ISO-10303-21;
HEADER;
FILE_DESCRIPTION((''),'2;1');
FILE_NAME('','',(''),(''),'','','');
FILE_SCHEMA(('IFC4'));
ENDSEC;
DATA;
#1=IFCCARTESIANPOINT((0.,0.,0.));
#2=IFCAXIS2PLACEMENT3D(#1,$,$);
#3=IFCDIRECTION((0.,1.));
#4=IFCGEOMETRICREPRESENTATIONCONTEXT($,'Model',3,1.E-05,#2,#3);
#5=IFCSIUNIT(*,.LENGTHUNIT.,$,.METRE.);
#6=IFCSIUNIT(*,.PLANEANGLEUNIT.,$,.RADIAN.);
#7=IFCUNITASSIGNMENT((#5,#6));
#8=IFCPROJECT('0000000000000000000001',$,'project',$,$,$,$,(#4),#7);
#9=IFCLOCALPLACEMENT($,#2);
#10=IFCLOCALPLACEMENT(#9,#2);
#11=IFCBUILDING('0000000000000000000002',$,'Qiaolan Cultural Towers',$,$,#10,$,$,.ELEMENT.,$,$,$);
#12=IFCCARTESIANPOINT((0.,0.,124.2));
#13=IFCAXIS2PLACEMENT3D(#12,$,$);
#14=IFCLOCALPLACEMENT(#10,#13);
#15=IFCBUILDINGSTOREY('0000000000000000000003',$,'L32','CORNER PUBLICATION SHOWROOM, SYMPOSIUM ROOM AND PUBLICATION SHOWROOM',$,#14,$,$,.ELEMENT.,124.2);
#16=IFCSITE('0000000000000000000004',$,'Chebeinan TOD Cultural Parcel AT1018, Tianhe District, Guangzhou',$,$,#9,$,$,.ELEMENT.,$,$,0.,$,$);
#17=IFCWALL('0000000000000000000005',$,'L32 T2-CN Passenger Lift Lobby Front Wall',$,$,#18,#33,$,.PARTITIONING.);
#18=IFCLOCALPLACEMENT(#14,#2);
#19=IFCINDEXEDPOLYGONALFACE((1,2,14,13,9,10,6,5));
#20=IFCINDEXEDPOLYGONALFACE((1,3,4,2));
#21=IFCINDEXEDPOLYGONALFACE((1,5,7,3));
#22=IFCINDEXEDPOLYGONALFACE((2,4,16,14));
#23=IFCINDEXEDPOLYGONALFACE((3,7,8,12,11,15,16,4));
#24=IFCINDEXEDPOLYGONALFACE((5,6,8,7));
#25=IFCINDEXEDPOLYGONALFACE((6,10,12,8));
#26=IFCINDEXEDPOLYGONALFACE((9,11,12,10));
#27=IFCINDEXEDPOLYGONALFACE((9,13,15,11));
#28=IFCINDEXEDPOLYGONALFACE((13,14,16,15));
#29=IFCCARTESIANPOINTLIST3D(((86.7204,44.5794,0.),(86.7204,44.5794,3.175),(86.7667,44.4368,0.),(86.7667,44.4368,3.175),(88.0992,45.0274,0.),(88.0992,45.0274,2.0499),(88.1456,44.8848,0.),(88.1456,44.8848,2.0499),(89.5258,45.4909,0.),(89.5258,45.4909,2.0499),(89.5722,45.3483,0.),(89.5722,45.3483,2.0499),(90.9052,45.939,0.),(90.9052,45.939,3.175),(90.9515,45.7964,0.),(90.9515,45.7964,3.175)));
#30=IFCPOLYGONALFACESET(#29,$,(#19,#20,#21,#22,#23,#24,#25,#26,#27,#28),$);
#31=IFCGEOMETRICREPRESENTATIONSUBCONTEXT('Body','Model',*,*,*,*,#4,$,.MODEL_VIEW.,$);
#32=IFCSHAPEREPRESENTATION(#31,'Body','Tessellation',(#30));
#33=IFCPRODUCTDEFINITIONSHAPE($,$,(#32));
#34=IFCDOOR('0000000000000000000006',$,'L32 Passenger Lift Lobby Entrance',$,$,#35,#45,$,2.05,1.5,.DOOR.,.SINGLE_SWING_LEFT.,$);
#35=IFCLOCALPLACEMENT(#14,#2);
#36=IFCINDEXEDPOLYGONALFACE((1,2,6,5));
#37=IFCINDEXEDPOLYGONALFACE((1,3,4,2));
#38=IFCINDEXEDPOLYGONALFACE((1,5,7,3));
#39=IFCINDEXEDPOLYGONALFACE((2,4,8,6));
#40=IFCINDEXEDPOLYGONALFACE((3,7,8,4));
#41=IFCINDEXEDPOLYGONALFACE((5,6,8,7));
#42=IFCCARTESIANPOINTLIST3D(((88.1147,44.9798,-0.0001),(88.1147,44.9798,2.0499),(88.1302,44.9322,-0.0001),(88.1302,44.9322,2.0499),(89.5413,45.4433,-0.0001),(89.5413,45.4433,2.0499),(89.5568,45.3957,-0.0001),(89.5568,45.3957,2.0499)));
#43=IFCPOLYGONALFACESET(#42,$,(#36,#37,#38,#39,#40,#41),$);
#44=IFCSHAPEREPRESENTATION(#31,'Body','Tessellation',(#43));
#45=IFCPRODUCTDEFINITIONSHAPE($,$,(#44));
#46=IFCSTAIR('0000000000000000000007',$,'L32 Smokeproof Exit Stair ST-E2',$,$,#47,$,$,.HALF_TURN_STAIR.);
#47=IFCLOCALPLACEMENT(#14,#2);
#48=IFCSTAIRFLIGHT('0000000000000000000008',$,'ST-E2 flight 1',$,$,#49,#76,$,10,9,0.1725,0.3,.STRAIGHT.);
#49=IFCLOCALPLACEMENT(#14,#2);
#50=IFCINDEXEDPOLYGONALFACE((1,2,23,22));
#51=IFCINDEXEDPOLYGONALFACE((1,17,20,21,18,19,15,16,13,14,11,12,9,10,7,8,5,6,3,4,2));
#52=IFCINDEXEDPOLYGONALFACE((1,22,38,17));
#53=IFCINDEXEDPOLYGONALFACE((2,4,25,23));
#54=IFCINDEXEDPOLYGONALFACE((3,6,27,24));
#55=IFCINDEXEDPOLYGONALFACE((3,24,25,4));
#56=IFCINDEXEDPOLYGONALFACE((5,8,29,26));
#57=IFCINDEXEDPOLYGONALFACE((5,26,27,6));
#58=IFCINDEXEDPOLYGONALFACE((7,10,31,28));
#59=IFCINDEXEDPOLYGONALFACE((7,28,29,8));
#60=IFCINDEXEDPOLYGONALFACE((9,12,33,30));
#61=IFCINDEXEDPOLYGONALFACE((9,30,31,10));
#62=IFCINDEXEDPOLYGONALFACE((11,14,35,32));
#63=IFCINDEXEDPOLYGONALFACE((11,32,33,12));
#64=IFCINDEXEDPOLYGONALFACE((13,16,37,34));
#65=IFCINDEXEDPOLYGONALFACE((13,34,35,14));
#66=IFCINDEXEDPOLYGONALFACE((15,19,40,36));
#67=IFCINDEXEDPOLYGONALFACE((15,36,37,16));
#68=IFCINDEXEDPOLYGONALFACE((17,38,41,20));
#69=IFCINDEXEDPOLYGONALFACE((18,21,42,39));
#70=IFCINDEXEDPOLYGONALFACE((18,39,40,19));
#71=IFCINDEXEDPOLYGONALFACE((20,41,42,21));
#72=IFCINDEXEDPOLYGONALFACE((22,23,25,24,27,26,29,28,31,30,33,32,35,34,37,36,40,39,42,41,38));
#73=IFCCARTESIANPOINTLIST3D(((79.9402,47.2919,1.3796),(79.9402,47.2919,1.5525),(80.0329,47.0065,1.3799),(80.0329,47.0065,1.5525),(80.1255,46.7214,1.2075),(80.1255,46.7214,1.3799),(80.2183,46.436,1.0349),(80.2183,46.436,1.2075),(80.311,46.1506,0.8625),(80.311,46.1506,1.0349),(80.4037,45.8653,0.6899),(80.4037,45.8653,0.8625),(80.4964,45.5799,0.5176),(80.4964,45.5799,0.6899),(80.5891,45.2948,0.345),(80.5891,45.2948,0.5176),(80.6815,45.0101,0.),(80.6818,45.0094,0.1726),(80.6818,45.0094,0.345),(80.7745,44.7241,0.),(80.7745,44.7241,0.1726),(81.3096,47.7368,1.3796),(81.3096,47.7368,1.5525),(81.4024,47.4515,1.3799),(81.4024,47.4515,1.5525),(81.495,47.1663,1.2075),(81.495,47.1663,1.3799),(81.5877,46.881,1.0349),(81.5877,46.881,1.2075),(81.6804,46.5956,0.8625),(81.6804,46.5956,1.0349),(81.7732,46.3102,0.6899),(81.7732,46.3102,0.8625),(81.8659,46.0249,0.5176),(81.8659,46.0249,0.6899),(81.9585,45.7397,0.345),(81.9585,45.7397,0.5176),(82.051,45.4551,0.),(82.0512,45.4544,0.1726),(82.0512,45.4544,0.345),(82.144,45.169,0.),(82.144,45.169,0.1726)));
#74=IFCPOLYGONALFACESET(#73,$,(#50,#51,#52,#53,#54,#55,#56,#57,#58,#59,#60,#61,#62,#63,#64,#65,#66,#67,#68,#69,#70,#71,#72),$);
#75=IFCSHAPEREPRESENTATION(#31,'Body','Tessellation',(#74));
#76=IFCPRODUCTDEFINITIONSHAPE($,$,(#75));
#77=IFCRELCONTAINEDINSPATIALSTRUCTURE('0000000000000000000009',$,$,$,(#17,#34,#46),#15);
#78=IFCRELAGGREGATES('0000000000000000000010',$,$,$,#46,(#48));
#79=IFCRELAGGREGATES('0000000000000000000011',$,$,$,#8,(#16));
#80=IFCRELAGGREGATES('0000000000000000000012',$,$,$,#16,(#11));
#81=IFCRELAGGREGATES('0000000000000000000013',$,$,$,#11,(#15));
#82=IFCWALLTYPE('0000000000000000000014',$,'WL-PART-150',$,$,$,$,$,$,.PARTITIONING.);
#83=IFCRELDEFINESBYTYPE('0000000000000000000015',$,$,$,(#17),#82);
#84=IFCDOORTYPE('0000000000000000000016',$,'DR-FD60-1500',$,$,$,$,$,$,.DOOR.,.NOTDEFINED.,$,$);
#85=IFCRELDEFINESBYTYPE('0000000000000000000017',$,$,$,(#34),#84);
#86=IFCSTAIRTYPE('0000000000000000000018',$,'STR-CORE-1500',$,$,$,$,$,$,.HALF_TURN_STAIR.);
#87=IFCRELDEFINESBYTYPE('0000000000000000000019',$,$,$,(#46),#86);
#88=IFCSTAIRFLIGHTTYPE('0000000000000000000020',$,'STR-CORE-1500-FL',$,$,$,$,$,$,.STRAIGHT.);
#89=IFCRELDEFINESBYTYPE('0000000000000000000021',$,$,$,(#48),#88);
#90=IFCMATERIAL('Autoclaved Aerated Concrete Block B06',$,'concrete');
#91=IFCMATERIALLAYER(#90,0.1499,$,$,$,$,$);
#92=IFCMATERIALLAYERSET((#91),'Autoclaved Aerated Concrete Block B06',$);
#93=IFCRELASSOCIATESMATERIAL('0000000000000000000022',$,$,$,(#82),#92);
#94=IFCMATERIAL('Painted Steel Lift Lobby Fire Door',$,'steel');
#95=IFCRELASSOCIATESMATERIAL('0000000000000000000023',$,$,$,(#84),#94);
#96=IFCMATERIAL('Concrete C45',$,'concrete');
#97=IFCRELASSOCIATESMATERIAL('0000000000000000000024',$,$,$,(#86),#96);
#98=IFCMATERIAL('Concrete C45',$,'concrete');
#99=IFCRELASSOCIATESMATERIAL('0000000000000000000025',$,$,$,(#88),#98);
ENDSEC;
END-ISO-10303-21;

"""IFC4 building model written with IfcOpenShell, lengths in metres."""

from ifc_helpers import new_model, si_unit, direction, frame, frame_2d, origin, place, context, subcontext, project, spatial, polyline, rectangle, outline, extrude, material, layer, layer_set, type_object, element, fill, aggregate, save


model = new_model("IFC4")

# Units and contexts
model_context = context("Model", 3, precision=1e-05, world=origin(), true_north=direction((0.0, 1.0)))
body_context = subcontext(model_context, "Body", "Model", "MODEL_VIEW")
ifc_project = project(units=[si_unit("LENGTHUNIT", "METRE"), si_unit("PLANEANGLEUNIT", "RADIAN")], contexts=[model_context])

# Site, building, storey
site_placement = place(None, origin())
site = spatial("IfcSite", under=ifc_project, at=site_placement, Name="Chebeinan TOD Cultural Parcel AT1018, Tianhe District, Guangzhou", CompositionType="ELEMENT", RefElevation=0.0)
building_placement = place(site_placement, origin())
building = spatial("IfcBuilding", under=site, at=building_placement, Name="Qiaolan Cultural Towers", CompositionType="ELEMENT")
storey_placement = place(building_placement, frame((0.0, 0.0, 124.2)))
storey = spatial("IfcBuildingStorey", under=building, at=storey_placement, Name="L32", Description="CORNER PUBLICATION SHOWROOM, SYMPOSIUM ROOM AND PUBLICATION SHOWROOM", CompositionType="ELEMENT", Elevation=124.2)

# Wall, opening, door
ifc_material_1 = material(Name="Autoclaved Aerated Concrete Block B06", Category="concrete")
ifc_layer_1 = layer(ifc_material_1, 0.1499)
ifc_layer_set_1 = layer_set([ifc_layer_1], Name="Autoclaved Aerated Concrete Block B06")
wall_type_1 = type_object("IfcWallType", Name="WL-PART-150", PredefinedType="PARTITIONING", material=ifc_layer_set_1)
wall_1_placement = place(storey_placement, frame((86.7434, 44.5081, 0.0), z_axis=(0.0, 0.0, 1.0), x_axis=(0.951064, 0.308994, 0.0)))
wall_1 = element("IfcWall", 1, at=wall_1_placement, inside=storey, type_object=wall_type_1, Name="L32 T2-CN Passenger Lift Lobby Front Wall", PredefinedType="PARTITIONING", context=body_context, shape_type="SweptSolid", body=[
    extrude(rectangle(XDim=4.4001, YDim=0.1499, at=frame_2d((2.2002, 0.0))), origin(), (0.0, 0.0, 1.0), 3.175),
])
opening_1_placement = place(wall_1_placement, frame((1.45, 0.0, 0.0)))
opening_1 = element("IfcOpeningElement", 2, at=opening_1_placement, cuts=wall_1, PredefinedType="OPENING", context=body_context, shape_type="SweptSolid", body=[
    extrude(rectangle(XDim=1.5, YDim=2.05, at=frame_2d((0.75, 1.0249))), frame((0.0, 0.085, 0.0), z_axis=(0.0, -1.0, 0.0), x_axis=(1.0, 0.0, 0.0)), (0.0, 0.0, 1.0), 0.1699),
])
ifc_material_2 = material(Name="Painted Steel Lift Lobby Fire Door", Category="steel")
door_type_1 = type_object("IfcDoorType", Name="DR-FD60-1500", OperationType="NOTDEFINED", PredefinedType="DOOR", material=ifc_material_2)
door_1_placement = place(opening_1_placement, origin())
door_1 = element("IfcDoor", 3, at=door_1_placement, inside=storey, type_object=door_type_1, Name="L32 Passenger Lift Lobby Entrance", OperationType="SINGLE_SWING_LEFT", OverallHeight=2.05, OverallWidth=1.5, PredefinedType="DOOR", context=body_context, shape_type="SweptSolid", body=[
    extrude(rectangle(XDim=1.5, YDim=2.05, at=frame_2d((0.75, 1.0249))), frame((0.0, 0.0249, 0.0), z_axis=(0.0, -1.0, 0.0), x_axis=(1.0, 0.0, 0.0)), (0.0, 0.0, 1.0), 0.05),
])
fill(opening_1, door_1)

# Stair, stair flight
ifc_material_3 = material(Name="Concrete C45", Category="concrete")
stair_type = type_object("IfcStairType", Name="STR-CORE-1500", PredefinedType="HALF_TURN_STAIR", material=ifc_material_3)
stair_placement = place(storey_placement, origin())
stair = element("IfcStair", 4, at=stair_placement, inside=storey, type_object=stair_type, Name="L32 Smokeproof Exit Stair ST-E2", PredefinedType="HALF_TURN_STAIR")
ifc_material_4 = material(Name="Concrete C45", Category="concrete")
stair_flight_type = type_object("IfcStairFlightType", Name="STR-CORE-1500-FL", PredefinedType="STRAIGHT", material=ifc_material_4)
stair_flight_placement = place(storey_placement, frame((81.4592, 44.9465, 0.0), z_axis=(0.0, 0.0, 1.0), x_axis=(-0.309017, 0.951057, 0.0)))
stair_flight = element("IfcStairFlight", 5, at=stair_flight_placement, type_object=stair_flight_type, Name="ST-E2 flight 1", NumberOfRisers=10, NumberOfTreads=9, PredefinedType="STRAIGHT", RiserHeight=0.1725, TreadLength=0.3, context=body_context, shape_type="SweptSolid", body=[
    extrude(outline(polyline([(0.0, 0.0), (0.0, 0.1726), (0.3, 0.1726), (0.3, 0.345), (0.6001, 0.345), (0.6001, 0.5176), (0.8999, 0.5176), (0.8999, 0.6899), (1.2, 0.6899), (1.2, 0.8625), (1.5, 0.8625), (1.5, 1.0349), (1.8, 1.0349), (1.8, 1.2075), (2.1001, 1.2075), (2.1001, 1.3799), (2.3999, 1.3799), (2.3999, 1.5525), (2.7, 1.5525), (2.7, 1.7251), (2.7, 1.3796), (0.3008, 0.0), (0.0, 0.0)])), frame((0.0, 0.72, 0.0), z_axis=(0.0, -1.0, 0.0), x_axis=(1.0, 0.0, 0.0)), (0.0, 0.0, 1.0), 1.4399),
])
aggregate(stair, [stair_flight])

save(model, "model.ifc")
